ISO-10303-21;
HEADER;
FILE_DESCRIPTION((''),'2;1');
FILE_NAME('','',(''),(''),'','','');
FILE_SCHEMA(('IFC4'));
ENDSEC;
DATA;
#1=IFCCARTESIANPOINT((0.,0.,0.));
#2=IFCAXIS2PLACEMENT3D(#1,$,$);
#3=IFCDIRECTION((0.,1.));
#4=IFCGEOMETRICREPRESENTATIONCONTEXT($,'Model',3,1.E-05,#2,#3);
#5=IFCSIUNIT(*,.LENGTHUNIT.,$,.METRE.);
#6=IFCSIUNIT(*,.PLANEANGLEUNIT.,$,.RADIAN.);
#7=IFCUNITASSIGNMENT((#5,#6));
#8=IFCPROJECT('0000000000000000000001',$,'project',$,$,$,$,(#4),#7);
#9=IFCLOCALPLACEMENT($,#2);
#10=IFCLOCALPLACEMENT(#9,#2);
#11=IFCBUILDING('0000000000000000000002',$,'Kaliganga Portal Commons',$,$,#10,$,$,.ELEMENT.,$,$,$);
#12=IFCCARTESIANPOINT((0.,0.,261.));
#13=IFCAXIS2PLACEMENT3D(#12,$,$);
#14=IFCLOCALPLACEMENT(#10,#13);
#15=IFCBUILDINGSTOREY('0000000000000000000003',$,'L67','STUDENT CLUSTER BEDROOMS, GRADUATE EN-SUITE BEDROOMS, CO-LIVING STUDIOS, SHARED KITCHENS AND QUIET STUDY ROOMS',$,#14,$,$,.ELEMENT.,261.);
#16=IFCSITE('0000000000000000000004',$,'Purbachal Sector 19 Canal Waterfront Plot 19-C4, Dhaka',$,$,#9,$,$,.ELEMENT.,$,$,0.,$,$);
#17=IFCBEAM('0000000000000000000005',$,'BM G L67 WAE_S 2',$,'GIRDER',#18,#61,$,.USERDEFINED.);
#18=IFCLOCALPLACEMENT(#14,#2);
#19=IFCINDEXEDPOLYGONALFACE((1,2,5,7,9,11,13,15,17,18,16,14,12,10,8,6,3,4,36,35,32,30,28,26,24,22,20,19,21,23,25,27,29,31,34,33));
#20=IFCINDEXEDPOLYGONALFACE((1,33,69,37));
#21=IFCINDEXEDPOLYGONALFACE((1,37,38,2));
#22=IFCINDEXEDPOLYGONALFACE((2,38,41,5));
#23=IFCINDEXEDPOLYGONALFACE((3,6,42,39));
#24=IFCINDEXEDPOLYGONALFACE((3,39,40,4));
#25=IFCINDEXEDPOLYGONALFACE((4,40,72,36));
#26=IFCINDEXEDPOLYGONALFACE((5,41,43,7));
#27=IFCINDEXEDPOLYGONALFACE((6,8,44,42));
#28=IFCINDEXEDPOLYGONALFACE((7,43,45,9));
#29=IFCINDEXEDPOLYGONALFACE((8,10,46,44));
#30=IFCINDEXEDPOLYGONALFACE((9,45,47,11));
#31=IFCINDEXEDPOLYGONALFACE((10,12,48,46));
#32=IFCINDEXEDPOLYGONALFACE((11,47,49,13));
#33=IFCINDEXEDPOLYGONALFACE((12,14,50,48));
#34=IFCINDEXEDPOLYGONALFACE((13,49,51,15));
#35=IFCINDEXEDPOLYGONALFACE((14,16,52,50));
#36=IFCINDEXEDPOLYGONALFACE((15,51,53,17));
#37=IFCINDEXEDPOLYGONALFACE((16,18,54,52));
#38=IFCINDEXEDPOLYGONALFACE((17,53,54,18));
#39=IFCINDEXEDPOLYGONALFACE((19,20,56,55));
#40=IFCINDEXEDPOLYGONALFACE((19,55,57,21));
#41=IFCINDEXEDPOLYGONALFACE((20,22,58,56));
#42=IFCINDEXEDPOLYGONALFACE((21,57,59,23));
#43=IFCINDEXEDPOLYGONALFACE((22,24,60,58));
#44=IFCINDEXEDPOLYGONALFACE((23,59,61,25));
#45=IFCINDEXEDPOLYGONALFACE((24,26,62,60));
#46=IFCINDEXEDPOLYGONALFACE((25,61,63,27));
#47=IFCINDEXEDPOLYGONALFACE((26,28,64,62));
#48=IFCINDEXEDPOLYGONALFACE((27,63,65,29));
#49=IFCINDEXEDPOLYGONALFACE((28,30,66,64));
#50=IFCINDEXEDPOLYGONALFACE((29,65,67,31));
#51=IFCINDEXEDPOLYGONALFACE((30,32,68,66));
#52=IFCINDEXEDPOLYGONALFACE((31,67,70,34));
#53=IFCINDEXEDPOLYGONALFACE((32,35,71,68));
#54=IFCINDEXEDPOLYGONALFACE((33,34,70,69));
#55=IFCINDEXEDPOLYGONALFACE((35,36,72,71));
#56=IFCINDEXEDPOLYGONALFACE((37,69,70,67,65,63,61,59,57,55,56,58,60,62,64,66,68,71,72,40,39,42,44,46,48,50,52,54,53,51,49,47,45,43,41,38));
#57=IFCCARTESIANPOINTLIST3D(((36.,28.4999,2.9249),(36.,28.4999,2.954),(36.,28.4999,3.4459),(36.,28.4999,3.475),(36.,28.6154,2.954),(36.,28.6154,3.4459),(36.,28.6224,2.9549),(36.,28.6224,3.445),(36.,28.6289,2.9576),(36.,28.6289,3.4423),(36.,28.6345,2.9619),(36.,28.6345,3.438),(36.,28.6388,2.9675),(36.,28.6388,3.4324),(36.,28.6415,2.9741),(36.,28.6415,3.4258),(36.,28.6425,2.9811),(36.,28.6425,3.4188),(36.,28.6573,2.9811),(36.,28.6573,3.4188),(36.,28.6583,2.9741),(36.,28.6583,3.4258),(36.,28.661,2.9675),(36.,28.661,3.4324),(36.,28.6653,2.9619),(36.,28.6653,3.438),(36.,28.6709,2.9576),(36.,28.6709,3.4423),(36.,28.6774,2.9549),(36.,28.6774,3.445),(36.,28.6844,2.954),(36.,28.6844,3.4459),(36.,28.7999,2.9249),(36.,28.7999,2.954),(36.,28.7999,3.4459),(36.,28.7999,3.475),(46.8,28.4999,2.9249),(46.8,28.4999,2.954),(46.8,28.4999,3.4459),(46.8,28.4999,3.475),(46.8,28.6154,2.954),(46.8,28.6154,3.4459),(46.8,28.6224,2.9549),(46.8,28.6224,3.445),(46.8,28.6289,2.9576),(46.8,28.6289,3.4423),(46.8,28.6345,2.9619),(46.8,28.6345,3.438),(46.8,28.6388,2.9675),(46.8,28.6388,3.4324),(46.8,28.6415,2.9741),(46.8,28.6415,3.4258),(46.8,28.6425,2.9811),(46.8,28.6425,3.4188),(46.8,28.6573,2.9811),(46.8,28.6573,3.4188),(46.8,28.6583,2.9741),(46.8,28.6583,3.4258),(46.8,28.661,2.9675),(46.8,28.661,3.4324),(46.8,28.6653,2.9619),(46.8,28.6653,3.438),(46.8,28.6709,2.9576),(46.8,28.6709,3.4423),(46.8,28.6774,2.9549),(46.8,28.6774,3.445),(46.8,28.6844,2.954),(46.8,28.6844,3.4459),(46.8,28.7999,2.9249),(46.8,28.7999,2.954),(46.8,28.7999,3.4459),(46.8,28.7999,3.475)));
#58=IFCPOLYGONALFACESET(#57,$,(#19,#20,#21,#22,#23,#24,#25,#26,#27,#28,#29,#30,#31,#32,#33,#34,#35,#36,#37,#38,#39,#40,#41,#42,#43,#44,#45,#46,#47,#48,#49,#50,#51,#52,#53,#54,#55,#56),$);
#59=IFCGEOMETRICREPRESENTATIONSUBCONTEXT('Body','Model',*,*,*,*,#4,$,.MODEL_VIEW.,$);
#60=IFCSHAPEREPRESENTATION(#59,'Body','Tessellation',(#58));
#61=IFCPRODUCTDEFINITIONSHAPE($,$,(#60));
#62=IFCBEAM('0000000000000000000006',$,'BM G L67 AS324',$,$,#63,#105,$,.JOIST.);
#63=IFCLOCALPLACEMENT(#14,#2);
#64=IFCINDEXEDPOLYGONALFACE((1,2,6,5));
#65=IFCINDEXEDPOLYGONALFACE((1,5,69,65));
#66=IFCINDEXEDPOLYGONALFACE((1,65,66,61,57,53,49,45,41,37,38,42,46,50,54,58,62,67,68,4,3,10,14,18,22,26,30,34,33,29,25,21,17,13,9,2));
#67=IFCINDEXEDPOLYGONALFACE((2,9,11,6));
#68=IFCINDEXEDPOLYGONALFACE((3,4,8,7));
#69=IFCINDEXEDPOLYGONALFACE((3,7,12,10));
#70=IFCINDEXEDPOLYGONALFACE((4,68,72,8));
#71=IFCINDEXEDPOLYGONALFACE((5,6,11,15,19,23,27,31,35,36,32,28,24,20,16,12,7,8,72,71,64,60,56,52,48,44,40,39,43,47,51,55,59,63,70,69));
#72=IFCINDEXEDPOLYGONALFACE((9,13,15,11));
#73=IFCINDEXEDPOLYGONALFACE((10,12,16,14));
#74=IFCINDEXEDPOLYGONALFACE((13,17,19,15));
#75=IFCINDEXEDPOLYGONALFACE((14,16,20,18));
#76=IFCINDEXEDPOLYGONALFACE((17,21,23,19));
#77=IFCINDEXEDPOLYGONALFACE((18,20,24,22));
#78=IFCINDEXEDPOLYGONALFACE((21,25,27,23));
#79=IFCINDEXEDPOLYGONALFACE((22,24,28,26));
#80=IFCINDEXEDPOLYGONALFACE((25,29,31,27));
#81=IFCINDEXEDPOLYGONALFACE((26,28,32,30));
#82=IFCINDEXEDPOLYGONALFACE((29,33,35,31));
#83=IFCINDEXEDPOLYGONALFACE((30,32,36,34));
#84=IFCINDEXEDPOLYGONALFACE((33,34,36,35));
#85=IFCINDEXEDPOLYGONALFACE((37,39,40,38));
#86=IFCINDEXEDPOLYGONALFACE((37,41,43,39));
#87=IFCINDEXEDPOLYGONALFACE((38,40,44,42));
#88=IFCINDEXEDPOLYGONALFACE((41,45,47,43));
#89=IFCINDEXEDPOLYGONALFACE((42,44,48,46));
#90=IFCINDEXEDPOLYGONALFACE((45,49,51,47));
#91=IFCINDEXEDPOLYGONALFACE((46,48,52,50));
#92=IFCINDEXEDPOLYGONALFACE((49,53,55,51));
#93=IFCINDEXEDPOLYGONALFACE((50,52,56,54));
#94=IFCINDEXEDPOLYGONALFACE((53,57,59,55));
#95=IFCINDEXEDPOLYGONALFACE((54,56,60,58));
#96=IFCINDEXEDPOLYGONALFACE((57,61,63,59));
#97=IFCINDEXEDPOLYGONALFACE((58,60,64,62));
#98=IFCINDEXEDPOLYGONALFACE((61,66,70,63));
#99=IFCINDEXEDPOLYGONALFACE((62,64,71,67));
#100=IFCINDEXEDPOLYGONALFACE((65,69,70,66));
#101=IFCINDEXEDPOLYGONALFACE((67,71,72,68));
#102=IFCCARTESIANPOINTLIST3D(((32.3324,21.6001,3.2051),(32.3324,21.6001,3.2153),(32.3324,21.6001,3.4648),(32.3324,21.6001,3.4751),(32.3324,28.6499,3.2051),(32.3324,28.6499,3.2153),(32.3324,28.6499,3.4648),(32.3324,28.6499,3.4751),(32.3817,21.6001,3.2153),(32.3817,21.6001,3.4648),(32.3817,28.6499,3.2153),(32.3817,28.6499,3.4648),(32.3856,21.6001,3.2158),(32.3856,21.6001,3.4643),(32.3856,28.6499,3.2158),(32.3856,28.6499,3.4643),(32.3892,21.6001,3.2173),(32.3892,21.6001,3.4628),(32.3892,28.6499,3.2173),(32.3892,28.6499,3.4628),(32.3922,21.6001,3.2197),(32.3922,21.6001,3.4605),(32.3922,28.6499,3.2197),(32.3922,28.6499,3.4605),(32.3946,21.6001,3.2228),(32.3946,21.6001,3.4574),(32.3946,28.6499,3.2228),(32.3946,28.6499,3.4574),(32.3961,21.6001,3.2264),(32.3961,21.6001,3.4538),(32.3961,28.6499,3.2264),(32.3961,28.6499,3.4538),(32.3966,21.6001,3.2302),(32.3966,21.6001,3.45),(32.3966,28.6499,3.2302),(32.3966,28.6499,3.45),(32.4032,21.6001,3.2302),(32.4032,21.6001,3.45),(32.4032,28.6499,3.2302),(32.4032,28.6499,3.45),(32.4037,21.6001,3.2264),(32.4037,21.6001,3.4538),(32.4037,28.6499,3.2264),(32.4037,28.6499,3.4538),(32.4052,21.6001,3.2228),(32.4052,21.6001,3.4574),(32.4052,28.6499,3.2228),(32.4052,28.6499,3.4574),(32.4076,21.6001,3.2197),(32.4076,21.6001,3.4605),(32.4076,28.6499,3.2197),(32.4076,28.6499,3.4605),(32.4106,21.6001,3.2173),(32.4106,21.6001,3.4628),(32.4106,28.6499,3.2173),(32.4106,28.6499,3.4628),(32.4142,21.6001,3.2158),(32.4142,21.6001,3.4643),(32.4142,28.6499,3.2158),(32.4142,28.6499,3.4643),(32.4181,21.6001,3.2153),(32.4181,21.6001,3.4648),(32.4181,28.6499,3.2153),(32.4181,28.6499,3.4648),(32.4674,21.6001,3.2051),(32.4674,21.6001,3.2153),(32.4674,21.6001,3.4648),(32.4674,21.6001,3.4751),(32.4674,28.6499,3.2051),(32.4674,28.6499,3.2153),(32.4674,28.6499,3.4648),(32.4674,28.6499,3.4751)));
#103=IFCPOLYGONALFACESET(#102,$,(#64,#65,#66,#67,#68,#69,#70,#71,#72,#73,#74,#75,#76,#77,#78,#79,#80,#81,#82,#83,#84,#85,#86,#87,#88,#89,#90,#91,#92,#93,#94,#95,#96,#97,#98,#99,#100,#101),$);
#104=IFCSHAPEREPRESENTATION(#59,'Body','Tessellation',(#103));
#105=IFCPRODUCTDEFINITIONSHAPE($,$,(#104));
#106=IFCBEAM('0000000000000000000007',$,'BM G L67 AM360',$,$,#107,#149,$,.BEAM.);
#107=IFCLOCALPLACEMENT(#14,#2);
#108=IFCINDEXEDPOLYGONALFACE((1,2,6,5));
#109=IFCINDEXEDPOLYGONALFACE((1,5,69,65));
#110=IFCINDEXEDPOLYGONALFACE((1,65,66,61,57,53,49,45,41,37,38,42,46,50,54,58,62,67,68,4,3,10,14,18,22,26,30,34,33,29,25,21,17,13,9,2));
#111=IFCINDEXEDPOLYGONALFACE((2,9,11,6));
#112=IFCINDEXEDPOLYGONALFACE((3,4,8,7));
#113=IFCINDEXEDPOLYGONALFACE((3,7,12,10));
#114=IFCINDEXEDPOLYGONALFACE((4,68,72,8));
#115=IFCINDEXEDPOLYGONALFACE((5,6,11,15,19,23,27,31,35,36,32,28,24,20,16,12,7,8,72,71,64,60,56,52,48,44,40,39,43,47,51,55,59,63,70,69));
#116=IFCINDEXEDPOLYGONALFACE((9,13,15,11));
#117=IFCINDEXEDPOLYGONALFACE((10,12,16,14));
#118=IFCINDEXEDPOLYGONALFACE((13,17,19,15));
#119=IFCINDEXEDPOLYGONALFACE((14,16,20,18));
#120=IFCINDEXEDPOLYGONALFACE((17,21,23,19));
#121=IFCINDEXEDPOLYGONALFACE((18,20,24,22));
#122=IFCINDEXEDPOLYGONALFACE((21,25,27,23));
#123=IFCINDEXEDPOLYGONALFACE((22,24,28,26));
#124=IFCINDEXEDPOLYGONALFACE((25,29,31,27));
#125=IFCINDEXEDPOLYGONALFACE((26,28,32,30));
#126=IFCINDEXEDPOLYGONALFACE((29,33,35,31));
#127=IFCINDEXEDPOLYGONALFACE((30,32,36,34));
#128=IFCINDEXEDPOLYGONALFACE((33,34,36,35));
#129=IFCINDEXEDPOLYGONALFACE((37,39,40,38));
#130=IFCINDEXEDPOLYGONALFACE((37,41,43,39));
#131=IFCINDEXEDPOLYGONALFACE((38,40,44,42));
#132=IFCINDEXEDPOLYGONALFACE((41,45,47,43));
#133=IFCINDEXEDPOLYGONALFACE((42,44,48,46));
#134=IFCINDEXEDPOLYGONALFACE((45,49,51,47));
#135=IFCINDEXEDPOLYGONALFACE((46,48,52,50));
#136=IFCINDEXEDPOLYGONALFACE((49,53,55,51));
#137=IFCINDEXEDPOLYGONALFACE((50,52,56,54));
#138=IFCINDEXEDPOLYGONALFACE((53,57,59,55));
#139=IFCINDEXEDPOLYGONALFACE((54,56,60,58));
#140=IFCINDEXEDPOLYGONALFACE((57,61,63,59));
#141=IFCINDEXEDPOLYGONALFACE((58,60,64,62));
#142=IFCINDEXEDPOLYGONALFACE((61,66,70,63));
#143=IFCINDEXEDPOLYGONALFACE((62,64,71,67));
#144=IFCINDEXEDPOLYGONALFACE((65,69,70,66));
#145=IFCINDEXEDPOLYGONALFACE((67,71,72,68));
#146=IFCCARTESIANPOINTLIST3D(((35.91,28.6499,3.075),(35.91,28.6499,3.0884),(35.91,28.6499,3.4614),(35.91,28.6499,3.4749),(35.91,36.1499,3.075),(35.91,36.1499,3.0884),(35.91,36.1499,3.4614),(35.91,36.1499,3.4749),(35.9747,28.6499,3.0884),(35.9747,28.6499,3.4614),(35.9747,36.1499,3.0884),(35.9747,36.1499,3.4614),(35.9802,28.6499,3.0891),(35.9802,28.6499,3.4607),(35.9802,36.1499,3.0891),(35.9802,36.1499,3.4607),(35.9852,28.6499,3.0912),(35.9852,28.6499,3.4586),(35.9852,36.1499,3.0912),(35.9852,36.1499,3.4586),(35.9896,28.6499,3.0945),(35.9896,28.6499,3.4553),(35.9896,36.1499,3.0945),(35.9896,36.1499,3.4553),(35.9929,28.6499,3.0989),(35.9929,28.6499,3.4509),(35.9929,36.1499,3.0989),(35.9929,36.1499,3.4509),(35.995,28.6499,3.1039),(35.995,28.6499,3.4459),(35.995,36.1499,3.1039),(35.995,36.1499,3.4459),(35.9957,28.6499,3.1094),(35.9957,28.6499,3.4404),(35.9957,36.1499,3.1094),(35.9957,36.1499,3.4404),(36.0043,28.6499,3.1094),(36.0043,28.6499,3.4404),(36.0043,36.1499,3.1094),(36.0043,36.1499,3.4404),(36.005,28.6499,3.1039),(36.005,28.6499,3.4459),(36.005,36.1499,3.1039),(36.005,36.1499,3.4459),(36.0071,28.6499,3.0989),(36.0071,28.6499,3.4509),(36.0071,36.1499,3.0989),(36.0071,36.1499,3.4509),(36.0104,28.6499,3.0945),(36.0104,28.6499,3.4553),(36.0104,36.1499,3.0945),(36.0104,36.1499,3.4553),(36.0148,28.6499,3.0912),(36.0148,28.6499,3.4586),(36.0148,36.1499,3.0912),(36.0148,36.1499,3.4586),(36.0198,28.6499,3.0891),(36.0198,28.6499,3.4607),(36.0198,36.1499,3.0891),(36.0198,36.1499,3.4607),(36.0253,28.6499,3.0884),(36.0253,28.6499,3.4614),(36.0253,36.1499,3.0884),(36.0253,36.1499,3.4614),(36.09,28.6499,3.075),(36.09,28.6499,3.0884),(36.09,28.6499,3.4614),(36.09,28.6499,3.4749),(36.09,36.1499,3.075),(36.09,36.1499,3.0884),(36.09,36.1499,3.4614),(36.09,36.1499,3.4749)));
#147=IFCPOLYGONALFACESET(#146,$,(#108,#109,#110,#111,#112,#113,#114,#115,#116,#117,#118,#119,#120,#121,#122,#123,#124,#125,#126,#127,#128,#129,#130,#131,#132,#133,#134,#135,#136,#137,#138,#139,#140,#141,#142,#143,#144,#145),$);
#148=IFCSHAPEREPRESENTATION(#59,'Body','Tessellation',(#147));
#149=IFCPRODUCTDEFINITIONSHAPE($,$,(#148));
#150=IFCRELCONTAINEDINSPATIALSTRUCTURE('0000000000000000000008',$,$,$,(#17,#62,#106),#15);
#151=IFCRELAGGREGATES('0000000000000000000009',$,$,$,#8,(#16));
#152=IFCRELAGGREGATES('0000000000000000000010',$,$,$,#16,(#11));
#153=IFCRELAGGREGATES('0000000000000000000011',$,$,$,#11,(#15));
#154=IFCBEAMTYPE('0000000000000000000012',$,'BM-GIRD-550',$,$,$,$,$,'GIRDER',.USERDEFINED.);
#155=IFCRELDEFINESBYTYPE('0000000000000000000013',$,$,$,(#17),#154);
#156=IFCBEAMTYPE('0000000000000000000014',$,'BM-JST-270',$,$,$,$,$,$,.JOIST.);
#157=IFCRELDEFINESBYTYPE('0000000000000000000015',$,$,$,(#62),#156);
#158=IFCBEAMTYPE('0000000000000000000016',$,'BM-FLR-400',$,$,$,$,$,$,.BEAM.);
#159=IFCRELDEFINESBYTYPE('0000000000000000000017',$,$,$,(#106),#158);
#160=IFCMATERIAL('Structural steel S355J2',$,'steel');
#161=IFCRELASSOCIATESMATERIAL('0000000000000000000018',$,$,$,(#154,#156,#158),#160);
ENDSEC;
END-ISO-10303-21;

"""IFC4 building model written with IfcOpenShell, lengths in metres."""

from ifc_helpers import new_model, si_unit, direction, frame, origin, origin_2d, place, context, subcontext, project, spatial, i_section, extrude, source, transform, mapped, material, material_profile, profile_set, type_object, element, save


model = new_model("IFC4")

# Units and contexts
model_context = context("Model", 3, precision=1e-05, world=origin(), true_north=direction((0.0, 1.0)))
body_context = subcontext(model_context, "Body", "Model", "MODEL_VIEW")
ifc_project = project(units=[si_unit("LENGTHUNIT", "METRE"), si_unit("PLANEANGLEUNIT", "RADIAN")], contexts=[model_context])

# Site, building, storey
site_placement = place(None, origin())
site = spatial("IfcSite", under=ifc_project, at=site_placement, Name="Purbachal Sector 19 Canal Waterfront Plot 19-C4, Dhaka", CompositionType="ELEMENT", RefElevation=0.0)
building_placement = place(site_placement, origin())
building = spatial("IfcBuilding", under=site, at=building_placement, Name="Kaliganga Portal Commons", CompositionType="ELEMENT")
storey_placement = place(building_placement, frame((0.0, 0.0, 261.0)))
storey = spatial("IfcBuildingStorey", under=building, at=storey_placement, Name="L67", Description="STUDENT CLUSTER BEDROOMS, GRADUATE EN-SUITE BEDROOMS, CO-LIVING STUDIOS, SHARED KITCHENS AND QUIET STUDY ROOMS", CompositionType="ELEMENT", Elevation=261.0)

# Shared definitions
ifc_material_1 = material(Name="Structural steel S355J2", Category="steel")

# Beams
ifc_material_profile_1 = material_profile(ifc_material_1, i_section(OverallWidth=0.3, OverallDepth=0.55, WebThickness=0.0149, FlangeThickness=0.0291, FilletRadius=0.0271, at=origin_2d()), Name="HE 550 B")
ifc_profile_set_1 = profile_set([ifc_material_profile_1], Name="Structural steel S355J2 wide-flange")
beam_type_1 = type_object("IfcBeamType", Name="BM-GIRD-550", ElementType="GIRDER", PredefinedType="USERDEFINED", material=ifc_profile_set_1)
shared_shape_1 = source(origin(), body_context, "Body", "SweptSolid", [
    extrude(i_section(OverallWidth=0.3, OverallDepth=0.55, WebThickness=0.0149, FlangeThickness=0.0291, FilletRadius=0.0271, at=origin_2d()), origin(), (0.0, 0.0, 1.0), 10.8),
])
beam_1_placement = place(storey_placement, frame((36.0, 28.6499, 3.2), z_axis=(1.0, 0.0, 0.0), x_axis=(0.0, 1.0, 0.0)))
element("IfcBeam", 1, at=beam_1_placement, inside=storey, type_object=beam_type_1, Name="BM G L67 WAE_S 2", ObjectType="GIRDER", PredefinedType="USERDEFINED", context=body_context, shape_type="MappedRepresentation", body=[
    mapped(shared_shape_1, transform((0.0, 0.0, 0.0), x_axis=(1.0, 0.0, 0.0), y_axis=(0.0, 1.0, 0.0), z_axis=(0.0, 0.0, 1.0), scale=1.0)),
])
ifc_material_profile_2 = material_profile(ifc_material_1, i_section(OverallWidth=0.135, OverallDepth=0.27, WebThickness=0.0066, FlangeThickness=0.0103, FilletRadius=0.0149, at=origin_2d()), Name="IPE 270")
ifc_profile_set_2 = profile_set([ifc_material_profile_2], Name="Structural steel S355J2 wide-flange")
beam_type_2 = type_object("IfcBeamType", Name="BM-JST-270", PredefinedType="JOIST", material=ifc_profile_set_2)
shared_shape_2 = source(origin(), body_context, "Body", "SweptSolid", [
    extrude(i_section(OverallWidth=0.135, OverallDepth=0.27, WebThickness=0.0066, FlangeThickness=0.0103, FilletRadius=0.0149, at=origin_2d()), origin(), (0.0, 0.0, 1.0), 7.0498),
])
beam_2_placement = place(storey_placement, frame((32.3999, 21.6001, 3.3401), z_axis=(0.0, 1.0, 0.0), x_axis=(-1.0, 0.0, 0.0)))
element("IfcBeam", 2, at=beam_2_placement, inside=storey, type_object=beam_type_2, Name="BM G L67 AS324", PredefinedType="JOIST", context=body_context, shape_type="MappedRepresentation", body=[
    mapped(shared_shape_2, transform((0.0, 0.0, 0.0), x_axis=(1.0, 0.0, 0.0), y_axis=(0.0, 1.0, 0.0), z_axis=(0.0, 0.0, 1.0), scale=1.0)),
])
ifc_material_profile_3 = material_profile(ifc_material_1, i_section(OverallWidth=0.1799, OverallDepth=0.3999, WebThickness=0.0085, FlangeThickness=0.0134, FilletRadius=0.021, at=origin_2d()), Name="IPE 400")
ifc_profile_set_3 = profile_set([ifc_material_profile_3], Name="Structural steel S355J2 wide-flange")
beam_type_3 = type_object("IfcBeamType", Name="BM-FLR-400", PredefinedType="BEAM", material=ifc_profile_set_3)
shared_shape_3 = source(origin(), body_context, "Body", "SweptSolid", [
    extrude(i_section(OverallWidth=0.1799, OverallDepth=0.3999, WebThickness=0.0085, FlangeThickness=0.0134, FilletRadius=0.021, at=origin_2d()), origin(), (0.0, 0.0, 1.0), 7.5),
])
beam_3_placement = place(storey_placement, frame((36.0, 28.6499, 3.2749), z_axis=(0.0, 1.0, 0.0), x_axis=(-1.0, 0.0, 0.0)))
element("IfcBeam", 3, at=beam_3_placement, inside=storey, type_object=beam_type_3, Name="BM G L67 AM360", PredefinedType="BEAM", context=body_context, shape_type="MappedRepresentation", body=[
    mapped(shared_shape_3, transform((0.0, 0.0, 0.0), x_axis=(1.0, 0.0, 0.0), y_axis=(0.0, 1.0, 0.0), z_axis=(0.0, 0.0, 1.0), scale=1.0)),
])

save(model, "model.ifc")
